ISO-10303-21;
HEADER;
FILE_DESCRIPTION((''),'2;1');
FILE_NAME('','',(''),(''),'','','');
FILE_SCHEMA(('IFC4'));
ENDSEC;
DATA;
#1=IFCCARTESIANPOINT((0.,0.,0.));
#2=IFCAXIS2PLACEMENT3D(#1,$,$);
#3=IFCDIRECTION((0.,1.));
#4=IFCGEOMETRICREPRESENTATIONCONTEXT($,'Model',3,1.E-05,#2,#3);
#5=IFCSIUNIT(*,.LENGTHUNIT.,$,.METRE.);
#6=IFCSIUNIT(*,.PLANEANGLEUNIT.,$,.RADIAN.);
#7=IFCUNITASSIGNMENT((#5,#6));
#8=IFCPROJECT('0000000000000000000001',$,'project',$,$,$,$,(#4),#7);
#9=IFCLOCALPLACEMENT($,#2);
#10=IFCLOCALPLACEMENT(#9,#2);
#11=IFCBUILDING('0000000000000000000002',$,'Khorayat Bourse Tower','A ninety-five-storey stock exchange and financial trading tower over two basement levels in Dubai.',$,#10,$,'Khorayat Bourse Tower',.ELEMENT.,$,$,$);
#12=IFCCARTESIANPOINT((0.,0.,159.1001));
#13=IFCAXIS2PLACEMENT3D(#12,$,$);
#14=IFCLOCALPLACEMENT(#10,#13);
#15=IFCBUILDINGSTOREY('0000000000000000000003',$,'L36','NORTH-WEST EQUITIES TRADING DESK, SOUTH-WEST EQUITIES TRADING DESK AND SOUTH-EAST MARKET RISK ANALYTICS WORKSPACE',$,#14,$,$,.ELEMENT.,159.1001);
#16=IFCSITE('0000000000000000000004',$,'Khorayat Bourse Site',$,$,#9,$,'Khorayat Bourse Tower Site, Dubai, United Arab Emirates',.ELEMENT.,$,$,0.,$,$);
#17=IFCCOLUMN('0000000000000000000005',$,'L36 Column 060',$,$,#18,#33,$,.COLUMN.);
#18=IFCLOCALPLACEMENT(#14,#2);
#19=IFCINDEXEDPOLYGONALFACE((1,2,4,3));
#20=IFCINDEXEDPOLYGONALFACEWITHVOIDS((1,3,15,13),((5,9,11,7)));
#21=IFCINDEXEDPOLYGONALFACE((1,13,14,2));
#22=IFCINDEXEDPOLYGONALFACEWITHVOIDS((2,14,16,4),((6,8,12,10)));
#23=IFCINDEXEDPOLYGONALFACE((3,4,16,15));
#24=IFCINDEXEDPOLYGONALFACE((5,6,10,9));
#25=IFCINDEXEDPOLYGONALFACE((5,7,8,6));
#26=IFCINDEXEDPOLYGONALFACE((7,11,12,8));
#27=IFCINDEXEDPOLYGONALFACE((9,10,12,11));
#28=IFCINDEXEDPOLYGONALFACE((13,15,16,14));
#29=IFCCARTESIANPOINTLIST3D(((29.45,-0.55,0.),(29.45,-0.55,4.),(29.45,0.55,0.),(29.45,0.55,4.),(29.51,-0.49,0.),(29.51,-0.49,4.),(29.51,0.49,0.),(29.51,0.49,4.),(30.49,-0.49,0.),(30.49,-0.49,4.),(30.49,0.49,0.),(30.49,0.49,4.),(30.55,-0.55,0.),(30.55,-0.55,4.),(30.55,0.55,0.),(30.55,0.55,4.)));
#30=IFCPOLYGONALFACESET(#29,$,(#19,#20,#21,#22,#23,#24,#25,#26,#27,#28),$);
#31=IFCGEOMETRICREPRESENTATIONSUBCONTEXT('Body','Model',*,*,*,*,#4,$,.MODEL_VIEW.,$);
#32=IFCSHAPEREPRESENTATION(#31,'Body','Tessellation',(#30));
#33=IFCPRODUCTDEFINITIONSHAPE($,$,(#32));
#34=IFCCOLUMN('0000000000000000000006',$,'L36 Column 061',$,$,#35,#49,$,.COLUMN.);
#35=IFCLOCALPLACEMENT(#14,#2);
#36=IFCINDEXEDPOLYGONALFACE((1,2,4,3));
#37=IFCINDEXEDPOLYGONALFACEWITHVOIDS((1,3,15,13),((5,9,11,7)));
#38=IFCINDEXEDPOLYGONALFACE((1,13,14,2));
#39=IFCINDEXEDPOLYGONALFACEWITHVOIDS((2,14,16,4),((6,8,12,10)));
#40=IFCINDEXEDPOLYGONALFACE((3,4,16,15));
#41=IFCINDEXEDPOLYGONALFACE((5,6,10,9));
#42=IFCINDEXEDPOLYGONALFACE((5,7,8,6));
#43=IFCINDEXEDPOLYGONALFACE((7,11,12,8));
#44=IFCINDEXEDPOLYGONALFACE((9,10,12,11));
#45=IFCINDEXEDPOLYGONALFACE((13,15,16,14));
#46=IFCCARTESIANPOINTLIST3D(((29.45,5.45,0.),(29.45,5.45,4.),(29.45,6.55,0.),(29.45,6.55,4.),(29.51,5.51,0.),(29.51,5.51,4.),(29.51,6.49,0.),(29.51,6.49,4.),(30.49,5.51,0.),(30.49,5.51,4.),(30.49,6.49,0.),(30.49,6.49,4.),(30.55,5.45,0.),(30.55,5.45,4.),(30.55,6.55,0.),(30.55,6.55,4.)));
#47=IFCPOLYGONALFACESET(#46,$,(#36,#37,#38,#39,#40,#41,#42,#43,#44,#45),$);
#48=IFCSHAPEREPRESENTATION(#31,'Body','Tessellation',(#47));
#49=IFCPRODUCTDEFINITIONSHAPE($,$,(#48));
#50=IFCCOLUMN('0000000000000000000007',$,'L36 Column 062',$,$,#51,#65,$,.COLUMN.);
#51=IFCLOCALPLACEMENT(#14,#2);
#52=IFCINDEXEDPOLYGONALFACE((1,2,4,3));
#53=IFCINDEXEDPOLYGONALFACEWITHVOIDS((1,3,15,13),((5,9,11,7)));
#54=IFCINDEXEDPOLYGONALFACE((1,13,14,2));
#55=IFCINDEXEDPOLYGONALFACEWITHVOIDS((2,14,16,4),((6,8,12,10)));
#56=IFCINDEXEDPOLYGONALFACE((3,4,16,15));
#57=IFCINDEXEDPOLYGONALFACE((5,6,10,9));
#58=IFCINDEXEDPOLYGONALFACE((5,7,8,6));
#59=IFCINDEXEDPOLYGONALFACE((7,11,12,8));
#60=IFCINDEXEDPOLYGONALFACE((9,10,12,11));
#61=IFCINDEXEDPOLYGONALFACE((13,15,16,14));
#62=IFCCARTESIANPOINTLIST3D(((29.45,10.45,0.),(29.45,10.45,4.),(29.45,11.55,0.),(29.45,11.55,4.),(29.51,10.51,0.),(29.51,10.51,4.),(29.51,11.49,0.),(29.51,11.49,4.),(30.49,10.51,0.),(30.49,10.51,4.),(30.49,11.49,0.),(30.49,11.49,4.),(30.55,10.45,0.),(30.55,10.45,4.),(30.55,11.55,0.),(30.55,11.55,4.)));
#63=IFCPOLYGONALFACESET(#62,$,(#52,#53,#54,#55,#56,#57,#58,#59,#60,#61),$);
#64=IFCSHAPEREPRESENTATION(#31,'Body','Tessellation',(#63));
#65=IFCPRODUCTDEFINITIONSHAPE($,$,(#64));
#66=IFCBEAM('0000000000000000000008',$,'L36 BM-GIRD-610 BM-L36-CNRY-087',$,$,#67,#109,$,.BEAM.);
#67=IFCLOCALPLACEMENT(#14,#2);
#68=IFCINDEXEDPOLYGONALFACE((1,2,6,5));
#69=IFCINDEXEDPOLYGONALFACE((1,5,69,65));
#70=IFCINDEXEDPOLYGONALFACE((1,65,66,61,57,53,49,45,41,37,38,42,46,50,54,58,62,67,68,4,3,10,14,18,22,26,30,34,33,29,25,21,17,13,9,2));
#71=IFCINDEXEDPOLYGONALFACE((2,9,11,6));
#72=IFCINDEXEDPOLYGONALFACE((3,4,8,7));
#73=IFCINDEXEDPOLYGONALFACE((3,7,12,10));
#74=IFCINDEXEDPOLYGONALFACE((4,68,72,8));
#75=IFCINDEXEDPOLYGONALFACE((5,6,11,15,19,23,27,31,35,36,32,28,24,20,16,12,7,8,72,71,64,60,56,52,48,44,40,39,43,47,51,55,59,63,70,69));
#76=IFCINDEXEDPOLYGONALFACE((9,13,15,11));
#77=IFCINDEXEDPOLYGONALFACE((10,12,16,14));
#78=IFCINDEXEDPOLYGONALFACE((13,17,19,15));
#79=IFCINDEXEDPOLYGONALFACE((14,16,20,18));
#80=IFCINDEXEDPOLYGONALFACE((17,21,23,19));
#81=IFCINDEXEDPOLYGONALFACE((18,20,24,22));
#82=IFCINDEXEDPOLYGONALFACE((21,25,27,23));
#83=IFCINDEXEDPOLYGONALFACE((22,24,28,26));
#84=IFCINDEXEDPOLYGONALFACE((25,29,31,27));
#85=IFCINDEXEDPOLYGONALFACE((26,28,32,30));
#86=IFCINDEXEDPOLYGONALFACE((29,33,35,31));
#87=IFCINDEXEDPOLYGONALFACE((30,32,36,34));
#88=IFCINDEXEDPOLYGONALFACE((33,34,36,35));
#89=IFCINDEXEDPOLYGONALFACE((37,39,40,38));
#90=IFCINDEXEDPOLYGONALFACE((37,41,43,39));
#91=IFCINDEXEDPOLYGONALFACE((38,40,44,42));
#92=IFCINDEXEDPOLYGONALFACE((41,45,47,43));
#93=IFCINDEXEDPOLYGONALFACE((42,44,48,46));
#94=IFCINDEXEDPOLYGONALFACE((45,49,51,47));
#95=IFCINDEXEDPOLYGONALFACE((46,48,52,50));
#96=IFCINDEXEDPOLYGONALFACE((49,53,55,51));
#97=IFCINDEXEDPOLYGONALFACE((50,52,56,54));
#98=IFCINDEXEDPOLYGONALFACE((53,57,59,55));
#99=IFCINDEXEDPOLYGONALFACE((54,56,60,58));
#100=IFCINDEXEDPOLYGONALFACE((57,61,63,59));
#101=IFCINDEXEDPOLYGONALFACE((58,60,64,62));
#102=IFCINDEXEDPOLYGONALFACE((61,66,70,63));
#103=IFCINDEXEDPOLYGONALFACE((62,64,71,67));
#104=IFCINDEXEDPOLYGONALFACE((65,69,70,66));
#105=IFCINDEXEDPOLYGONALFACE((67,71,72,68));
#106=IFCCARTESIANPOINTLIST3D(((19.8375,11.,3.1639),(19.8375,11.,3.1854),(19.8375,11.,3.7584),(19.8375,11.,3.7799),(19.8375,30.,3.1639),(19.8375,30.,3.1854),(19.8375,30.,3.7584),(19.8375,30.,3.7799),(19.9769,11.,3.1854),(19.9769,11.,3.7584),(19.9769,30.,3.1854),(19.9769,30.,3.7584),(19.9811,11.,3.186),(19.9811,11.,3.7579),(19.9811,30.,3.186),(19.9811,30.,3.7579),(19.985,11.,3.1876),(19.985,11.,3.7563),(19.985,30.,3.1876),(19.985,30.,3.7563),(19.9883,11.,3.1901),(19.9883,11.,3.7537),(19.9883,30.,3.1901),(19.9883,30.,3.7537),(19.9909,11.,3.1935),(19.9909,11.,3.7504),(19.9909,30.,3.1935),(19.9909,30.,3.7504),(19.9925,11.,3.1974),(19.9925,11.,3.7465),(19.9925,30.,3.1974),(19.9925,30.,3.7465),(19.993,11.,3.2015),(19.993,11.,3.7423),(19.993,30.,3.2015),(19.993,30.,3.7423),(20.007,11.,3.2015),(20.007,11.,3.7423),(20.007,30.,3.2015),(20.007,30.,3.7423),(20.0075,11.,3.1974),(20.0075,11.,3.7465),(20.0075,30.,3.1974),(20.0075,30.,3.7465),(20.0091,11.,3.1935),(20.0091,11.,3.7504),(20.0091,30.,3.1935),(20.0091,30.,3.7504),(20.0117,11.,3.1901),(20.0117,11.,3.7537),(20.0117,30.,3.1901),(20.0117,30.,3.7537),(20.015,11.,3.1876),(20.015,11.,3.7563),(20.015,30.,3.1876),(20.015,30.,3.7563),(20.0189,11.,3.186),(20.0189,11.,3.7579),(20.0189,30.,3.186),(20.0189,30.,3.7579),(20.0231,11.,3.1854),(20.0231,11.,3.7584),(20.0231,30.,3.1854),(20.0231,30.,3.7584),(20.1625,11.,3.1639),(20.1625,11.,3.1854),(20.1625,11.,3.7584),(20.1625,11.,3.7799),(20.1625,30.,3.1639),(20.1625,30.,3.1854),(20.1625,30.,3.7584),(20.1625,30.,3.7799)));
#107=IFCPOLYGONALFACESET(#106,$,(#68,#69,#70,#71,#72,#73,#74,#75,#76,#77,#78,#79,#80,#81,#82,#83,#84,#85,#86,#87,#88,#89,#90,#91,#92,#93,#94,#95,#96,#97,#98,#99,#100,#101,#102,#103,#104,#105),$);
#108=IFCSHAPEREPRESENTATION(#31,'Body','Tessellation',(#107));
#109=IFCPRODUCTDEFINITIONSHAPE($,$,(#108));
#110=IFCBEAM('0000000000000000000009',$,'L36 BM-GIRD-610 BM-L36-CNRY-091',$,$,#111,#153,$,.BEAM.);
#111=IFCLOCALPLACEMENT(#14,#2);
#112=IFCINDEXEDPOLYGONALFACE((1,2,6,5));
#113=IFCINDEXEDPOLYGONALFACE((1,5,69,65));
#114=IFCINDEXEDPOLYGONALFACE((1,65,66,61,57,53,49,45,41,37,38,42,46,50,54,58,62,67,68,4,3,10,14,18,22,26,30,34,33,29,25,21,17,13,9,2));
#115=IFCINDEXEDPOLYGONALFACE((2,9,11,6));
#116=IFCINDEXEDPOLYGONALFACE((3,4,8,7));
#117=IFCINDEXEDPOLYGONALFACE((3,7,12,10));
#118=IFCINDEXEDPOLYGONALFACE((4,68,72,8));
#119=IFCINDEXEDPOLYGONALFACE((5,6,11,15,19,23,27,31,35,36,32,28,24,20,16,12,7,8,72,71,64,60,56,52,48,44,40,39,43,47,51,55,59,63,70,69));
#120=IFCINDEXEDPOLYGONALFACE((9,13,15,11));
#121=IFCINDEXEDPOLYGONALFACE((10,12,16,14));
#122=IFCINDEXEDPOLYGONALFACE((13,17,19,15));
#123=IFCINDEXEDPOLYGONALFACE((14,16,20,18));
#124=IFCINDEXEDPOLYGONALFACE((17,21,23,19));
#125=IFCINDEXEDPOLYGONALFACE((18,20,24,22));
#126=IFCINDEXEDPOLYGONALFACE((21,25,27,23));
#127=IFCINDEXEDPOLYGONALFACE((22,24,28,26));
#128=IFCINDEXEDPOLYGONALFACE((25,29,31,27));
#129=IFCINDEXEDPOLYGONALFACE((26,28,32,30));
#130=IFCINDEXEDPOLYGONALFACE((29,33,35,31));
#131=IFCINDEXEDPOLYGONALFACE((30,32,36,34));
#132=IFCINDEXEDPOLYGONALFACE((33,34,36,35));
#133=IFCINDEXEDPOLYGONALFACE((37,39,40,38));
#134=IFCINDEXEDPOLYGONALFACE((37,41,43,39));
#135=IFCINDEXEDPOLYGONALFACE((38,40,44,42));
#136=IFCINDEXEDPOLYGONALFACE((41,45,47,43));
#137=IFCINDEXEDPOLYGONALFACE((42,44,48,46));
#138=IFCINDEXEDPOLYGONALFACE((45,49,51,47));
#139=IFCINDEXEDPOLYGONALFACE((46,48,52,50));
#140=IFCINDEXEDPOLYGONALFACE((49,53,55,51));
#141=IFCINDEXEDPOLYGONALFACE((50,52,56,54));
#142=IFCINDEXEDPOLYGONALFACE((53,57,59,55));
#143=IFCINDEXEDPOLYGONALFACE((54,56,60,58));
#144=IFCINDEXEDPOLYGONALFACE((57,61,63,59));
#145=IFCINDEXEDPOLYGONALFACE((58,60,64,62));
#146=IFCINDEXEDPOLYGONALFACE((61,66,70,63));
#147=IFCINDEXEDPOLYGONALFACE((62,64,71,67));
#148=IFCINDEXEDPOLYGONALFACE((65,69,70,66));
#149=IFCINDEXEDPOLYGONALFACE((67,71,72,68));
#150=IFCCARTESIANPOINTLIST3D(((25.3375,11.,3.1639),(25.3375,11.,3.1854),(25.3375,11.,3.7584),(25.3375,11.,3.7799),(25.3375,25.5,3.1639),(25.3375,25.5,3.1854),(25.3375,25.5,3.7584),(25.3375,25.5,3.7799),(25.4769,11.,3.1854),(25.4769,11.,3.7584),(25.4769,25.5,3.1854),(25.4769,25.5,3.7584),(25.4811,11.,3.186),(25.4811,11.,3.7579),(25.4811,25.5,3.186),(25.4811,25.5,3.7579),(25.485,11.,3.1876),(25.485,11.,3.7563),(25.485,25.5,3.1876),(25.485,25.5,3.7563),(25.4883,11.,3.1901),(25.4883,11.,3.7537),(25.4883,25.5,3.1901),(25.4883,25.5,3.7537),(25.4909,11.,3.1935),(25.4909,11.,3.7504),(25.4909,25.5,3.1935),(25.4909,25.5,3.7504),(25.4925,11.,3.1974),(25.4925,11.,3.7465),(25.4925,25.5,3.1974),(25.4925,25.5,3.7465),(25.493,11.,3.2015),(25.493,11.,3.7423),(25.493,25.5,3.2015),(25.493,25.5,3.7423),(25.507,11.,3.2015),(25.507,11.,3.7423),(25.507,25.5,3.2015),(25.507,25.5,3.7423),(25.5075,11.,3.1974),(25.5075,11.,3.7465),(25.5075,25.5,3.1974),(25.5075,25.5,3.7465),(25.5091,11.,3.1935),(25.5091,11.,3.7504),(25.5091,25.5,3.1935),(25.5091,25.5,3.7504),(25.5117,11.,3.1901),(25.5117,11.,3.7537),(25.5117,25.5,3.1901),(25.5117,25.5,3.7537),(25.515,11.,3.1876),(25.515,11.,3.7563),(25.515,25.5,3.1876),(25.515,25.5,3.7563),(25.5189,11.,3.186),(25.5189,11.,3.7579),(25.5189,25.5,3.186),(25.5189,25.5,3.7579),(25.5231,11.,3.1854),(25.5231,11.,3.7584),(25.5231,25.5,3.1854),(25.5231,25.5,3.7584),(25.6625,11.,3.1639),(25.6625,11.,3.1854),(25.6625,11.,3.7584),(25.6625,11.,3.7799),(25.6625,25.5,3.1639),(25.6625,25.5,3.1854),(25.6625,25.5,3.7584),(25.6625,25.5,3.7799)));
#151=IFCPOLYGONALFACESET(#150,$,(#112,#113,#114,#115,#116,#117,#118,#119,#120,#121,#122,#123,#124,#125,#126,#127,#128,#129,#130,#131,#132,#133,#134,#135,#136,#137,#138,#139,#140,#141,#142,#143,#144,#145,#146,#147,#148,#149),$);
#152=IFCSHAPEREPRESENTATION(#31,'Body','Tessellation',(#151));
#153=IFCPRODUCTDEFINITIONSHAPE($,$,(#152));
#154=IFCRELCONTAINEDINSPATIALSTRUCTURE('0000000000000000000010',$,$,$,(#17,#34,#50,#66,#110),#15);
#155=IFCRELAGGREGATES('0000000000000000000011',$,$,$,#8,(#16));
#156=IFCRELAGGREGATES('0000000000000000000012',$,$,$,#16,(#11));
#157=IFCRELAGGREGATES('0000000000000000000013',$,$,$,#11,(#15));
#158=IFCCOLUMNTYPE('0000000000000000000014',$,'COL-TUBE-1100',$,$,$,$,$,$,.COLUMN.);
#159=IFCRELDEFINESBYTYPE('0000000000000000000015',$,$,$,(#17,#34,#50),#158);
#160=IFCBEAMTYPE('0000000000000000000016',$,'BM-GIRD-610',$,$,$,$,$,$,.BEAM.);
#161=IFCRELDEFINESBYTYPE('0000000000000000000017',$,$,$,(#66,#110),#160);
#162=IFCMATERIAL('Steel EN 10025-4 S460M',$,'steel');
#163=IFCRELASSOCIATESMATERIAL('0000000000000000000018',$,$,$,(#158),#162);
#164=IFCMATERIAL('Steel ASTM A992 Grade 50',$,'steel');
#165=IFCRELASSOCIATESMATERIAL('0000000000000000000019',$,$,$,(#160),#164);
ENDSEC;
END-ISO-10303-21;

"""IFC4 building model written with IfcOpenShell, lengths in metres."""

from ifc_helpers import new_model, si_unit, direction, frame, origin, origin_2d, place, context, subcontext, project, spatial, hollow_rectangle, i_section, extrude, source, transform, mapped, material, material_profile, profile_set, type_object, element, save


model = new_model("IFC4")

# Units and contexts
model_context = context("Model", 3, precision=1e-05, world=origin(), true_north=direction((0.0, 1.0)))
body_context = subcontext(model_context, "Body", "Model", "MODEL_VIEW")
ifc_project = project(units=[si_unit("LENGTHUNIT", "METRE"), si_unit("PLANEANGLEUNIT", "RADIAN")], contexts=[model_context])

# Site, building, storey
site_placement = place(None, origin())
site = spatial("IfcSite", under=ifc_project, at=site_placement, Name="Khorayat Bourse Site", LongName="Khorayat Bourse Tower Site, Dubai, United Arab Emirates", CompositionType="ELEMENT", RefElevation=0.0)
building_placement = place(site_placement, origin())
building = spatial("IfcBuilding", under=site, at=building_placement, Name="Khorayat Bourse Tower", Description="A ninety-five-storey stock exchange and financial trading tower over two basement levels in Dubai.", LongName="Khorayat Bourse Tower", CompositionType="ELEMENT")
storey_placement = place(building_placement, frame((0.0, 0.0, 159.1001)))
storey = spatial("IfcBuildingStorey", under=building, at=storey_placement, Name="L36", Description="NORTH-WEST EQUITIES TRADING DESK, SOUTH-WEST EQUITIES TRADING DESK AND SOUTH-EAST MARKET RISK ANALYTICS WORKSPACE", CompositionType="ELEMENT", Elevation=159.1001)

# Columns
ifc_material_1 = material(Name="Steel EN 10025-4 S460M", Category="steel")
ifc_material_profile_1 = material_profile(ifc_material_1, hollow_rectangle(XDim=1.1001, YDim=1.1001, WallThickness=0.0601, at=origin_2d()), Name="BOX 1100x1100x60")
ifc_profile_set_1 = profile_set([ifc_material_profile_1], Name="Steel EN 10025-4 S460M")
column_type = type_object("IfcColumnType", Name="COL-TUBE-1100", PredefinedType="COLUMN", material=ifc_profile_set_1)
shared_shape_1 = source(origin(), body_context, "Body", "SweptSolid", [
    extrude(hollow_rectangle(XDim=1.1001, YDim=1.1001, WallThickness=0.0601, at=origin_2d()), origin(), (0.0, 0.0, 1.0), 4.0),
])
for number, where, z_axis, x_axis, name in (
    (1, (30.0, 0.0, 0.0), (0.0, 0.0, 1.0), (1.0, 0.0, 0.0), "L36 Column 060"),
    (2, (30.0, 6.0, 0.0), (0.0, 0.0, 1.0), (1.0, 0.0, 0.0), "L36 Column 061"),
    (3, (30.0, 11.0, 0.0), (0.0, 0.0, 1.0), (1.0, 0.0, 0.0), "L36 Column 062"),
):
    element("IfcColumn", number, at=place(storey_placement, frame(where, z_axis=z_axis, x_axis=x_axis)), inside=storey, type_object=column_type, Name=name, PredefinedType="COLUMN", context=body_context, shape_type="MappedRepresentation", body=[
        mapped(shared_shape_1, transform((0.0, 0.0, 0.0), scale=1.0)),
    ])

# Beams
ifc_material_2 = material(Name="Steel ASTM A992 Grade 50", Category="steel")
ifc_material_profile_2 = material_profile(ifc_material_2, i_section(OverallWidth=0.325, OverallDepth=0.616, WebThickness=0.0139, FlangeThickness=0.0215, FilletRadius=0.0161, at=origin_2d()), Name="W610X174")
ifc_profile_set_2 = profile_set([ifc_material_profile_2], Name="Steel ASTM A992 Grade 50")
beam_type_1 = type_object("IfcBeamType", Name="BM-GIRD-610", PredefinedType="BEAM", material=ifc_profile_set_2)
shared_shape_2 = source(origin(), body_context, "Body", "SweptSolid", [
    extrude(i_section(OverallWidth=0.325, OverallDepth=0.616, WebThickness=0.0139, FlangeThickness=0.0215, FilletRadius=0.0161, at=origin_2d()), origin(), (0.0, 0.0, 1.0), 19.0),
])
beam_1_placement = place(storey_placement, frame((20.0, 11.0, 3.4719), z_axis=(0.0, 1.0, 0.0), x_axis=(-1.0, 0.0, 0.0)))
element("IfcBeam", 4, at=beam_1_placement, inside=storey, type_object=beam_type_1, Name="L36 BM-GIRD-610 BM-L36-CNRY-087", PredefinedType="BEAM", context=body_context, shape_type="MappedRepresentation", body=[
    mapped(shared_shape_2, transform((0.0, 0.0, 0.0), scale=1.0)),
])
shared_shape_3 = source(origin(), body_context, "Body", "SweptSolid", [
    extrude(i_section(OverallWidth=0.325, OverallDepth=0.616, WebThickness=0.0139, FlangeThickness=0.0215, FilletRadius=0.0161, at=origin_2d()), origin(), (0.0, 0.0, 1.0), 14.5),
])
beam_2_placement = place(storey_placement, frame((25.5, 11.0, 3.4719), z_axis=(0.0, 1.0, 0.0), x_axis=(-1.0, 0.0, 0.0)))
element("IfcBeam", 5, at=beam_2_placement, inside=storey, type_object=beam_type_1, Name="L36 BM-GIRD-610 BM-L36-CNRY-091", PredefinedType="BEAM", context=body_context, shape_type="MappedRepresentation", body=[
    mapped(shared_shape_3, transform((0.0, 0.0, 0.0), scale=1.0)),
])

save(model, "model.ifc")
